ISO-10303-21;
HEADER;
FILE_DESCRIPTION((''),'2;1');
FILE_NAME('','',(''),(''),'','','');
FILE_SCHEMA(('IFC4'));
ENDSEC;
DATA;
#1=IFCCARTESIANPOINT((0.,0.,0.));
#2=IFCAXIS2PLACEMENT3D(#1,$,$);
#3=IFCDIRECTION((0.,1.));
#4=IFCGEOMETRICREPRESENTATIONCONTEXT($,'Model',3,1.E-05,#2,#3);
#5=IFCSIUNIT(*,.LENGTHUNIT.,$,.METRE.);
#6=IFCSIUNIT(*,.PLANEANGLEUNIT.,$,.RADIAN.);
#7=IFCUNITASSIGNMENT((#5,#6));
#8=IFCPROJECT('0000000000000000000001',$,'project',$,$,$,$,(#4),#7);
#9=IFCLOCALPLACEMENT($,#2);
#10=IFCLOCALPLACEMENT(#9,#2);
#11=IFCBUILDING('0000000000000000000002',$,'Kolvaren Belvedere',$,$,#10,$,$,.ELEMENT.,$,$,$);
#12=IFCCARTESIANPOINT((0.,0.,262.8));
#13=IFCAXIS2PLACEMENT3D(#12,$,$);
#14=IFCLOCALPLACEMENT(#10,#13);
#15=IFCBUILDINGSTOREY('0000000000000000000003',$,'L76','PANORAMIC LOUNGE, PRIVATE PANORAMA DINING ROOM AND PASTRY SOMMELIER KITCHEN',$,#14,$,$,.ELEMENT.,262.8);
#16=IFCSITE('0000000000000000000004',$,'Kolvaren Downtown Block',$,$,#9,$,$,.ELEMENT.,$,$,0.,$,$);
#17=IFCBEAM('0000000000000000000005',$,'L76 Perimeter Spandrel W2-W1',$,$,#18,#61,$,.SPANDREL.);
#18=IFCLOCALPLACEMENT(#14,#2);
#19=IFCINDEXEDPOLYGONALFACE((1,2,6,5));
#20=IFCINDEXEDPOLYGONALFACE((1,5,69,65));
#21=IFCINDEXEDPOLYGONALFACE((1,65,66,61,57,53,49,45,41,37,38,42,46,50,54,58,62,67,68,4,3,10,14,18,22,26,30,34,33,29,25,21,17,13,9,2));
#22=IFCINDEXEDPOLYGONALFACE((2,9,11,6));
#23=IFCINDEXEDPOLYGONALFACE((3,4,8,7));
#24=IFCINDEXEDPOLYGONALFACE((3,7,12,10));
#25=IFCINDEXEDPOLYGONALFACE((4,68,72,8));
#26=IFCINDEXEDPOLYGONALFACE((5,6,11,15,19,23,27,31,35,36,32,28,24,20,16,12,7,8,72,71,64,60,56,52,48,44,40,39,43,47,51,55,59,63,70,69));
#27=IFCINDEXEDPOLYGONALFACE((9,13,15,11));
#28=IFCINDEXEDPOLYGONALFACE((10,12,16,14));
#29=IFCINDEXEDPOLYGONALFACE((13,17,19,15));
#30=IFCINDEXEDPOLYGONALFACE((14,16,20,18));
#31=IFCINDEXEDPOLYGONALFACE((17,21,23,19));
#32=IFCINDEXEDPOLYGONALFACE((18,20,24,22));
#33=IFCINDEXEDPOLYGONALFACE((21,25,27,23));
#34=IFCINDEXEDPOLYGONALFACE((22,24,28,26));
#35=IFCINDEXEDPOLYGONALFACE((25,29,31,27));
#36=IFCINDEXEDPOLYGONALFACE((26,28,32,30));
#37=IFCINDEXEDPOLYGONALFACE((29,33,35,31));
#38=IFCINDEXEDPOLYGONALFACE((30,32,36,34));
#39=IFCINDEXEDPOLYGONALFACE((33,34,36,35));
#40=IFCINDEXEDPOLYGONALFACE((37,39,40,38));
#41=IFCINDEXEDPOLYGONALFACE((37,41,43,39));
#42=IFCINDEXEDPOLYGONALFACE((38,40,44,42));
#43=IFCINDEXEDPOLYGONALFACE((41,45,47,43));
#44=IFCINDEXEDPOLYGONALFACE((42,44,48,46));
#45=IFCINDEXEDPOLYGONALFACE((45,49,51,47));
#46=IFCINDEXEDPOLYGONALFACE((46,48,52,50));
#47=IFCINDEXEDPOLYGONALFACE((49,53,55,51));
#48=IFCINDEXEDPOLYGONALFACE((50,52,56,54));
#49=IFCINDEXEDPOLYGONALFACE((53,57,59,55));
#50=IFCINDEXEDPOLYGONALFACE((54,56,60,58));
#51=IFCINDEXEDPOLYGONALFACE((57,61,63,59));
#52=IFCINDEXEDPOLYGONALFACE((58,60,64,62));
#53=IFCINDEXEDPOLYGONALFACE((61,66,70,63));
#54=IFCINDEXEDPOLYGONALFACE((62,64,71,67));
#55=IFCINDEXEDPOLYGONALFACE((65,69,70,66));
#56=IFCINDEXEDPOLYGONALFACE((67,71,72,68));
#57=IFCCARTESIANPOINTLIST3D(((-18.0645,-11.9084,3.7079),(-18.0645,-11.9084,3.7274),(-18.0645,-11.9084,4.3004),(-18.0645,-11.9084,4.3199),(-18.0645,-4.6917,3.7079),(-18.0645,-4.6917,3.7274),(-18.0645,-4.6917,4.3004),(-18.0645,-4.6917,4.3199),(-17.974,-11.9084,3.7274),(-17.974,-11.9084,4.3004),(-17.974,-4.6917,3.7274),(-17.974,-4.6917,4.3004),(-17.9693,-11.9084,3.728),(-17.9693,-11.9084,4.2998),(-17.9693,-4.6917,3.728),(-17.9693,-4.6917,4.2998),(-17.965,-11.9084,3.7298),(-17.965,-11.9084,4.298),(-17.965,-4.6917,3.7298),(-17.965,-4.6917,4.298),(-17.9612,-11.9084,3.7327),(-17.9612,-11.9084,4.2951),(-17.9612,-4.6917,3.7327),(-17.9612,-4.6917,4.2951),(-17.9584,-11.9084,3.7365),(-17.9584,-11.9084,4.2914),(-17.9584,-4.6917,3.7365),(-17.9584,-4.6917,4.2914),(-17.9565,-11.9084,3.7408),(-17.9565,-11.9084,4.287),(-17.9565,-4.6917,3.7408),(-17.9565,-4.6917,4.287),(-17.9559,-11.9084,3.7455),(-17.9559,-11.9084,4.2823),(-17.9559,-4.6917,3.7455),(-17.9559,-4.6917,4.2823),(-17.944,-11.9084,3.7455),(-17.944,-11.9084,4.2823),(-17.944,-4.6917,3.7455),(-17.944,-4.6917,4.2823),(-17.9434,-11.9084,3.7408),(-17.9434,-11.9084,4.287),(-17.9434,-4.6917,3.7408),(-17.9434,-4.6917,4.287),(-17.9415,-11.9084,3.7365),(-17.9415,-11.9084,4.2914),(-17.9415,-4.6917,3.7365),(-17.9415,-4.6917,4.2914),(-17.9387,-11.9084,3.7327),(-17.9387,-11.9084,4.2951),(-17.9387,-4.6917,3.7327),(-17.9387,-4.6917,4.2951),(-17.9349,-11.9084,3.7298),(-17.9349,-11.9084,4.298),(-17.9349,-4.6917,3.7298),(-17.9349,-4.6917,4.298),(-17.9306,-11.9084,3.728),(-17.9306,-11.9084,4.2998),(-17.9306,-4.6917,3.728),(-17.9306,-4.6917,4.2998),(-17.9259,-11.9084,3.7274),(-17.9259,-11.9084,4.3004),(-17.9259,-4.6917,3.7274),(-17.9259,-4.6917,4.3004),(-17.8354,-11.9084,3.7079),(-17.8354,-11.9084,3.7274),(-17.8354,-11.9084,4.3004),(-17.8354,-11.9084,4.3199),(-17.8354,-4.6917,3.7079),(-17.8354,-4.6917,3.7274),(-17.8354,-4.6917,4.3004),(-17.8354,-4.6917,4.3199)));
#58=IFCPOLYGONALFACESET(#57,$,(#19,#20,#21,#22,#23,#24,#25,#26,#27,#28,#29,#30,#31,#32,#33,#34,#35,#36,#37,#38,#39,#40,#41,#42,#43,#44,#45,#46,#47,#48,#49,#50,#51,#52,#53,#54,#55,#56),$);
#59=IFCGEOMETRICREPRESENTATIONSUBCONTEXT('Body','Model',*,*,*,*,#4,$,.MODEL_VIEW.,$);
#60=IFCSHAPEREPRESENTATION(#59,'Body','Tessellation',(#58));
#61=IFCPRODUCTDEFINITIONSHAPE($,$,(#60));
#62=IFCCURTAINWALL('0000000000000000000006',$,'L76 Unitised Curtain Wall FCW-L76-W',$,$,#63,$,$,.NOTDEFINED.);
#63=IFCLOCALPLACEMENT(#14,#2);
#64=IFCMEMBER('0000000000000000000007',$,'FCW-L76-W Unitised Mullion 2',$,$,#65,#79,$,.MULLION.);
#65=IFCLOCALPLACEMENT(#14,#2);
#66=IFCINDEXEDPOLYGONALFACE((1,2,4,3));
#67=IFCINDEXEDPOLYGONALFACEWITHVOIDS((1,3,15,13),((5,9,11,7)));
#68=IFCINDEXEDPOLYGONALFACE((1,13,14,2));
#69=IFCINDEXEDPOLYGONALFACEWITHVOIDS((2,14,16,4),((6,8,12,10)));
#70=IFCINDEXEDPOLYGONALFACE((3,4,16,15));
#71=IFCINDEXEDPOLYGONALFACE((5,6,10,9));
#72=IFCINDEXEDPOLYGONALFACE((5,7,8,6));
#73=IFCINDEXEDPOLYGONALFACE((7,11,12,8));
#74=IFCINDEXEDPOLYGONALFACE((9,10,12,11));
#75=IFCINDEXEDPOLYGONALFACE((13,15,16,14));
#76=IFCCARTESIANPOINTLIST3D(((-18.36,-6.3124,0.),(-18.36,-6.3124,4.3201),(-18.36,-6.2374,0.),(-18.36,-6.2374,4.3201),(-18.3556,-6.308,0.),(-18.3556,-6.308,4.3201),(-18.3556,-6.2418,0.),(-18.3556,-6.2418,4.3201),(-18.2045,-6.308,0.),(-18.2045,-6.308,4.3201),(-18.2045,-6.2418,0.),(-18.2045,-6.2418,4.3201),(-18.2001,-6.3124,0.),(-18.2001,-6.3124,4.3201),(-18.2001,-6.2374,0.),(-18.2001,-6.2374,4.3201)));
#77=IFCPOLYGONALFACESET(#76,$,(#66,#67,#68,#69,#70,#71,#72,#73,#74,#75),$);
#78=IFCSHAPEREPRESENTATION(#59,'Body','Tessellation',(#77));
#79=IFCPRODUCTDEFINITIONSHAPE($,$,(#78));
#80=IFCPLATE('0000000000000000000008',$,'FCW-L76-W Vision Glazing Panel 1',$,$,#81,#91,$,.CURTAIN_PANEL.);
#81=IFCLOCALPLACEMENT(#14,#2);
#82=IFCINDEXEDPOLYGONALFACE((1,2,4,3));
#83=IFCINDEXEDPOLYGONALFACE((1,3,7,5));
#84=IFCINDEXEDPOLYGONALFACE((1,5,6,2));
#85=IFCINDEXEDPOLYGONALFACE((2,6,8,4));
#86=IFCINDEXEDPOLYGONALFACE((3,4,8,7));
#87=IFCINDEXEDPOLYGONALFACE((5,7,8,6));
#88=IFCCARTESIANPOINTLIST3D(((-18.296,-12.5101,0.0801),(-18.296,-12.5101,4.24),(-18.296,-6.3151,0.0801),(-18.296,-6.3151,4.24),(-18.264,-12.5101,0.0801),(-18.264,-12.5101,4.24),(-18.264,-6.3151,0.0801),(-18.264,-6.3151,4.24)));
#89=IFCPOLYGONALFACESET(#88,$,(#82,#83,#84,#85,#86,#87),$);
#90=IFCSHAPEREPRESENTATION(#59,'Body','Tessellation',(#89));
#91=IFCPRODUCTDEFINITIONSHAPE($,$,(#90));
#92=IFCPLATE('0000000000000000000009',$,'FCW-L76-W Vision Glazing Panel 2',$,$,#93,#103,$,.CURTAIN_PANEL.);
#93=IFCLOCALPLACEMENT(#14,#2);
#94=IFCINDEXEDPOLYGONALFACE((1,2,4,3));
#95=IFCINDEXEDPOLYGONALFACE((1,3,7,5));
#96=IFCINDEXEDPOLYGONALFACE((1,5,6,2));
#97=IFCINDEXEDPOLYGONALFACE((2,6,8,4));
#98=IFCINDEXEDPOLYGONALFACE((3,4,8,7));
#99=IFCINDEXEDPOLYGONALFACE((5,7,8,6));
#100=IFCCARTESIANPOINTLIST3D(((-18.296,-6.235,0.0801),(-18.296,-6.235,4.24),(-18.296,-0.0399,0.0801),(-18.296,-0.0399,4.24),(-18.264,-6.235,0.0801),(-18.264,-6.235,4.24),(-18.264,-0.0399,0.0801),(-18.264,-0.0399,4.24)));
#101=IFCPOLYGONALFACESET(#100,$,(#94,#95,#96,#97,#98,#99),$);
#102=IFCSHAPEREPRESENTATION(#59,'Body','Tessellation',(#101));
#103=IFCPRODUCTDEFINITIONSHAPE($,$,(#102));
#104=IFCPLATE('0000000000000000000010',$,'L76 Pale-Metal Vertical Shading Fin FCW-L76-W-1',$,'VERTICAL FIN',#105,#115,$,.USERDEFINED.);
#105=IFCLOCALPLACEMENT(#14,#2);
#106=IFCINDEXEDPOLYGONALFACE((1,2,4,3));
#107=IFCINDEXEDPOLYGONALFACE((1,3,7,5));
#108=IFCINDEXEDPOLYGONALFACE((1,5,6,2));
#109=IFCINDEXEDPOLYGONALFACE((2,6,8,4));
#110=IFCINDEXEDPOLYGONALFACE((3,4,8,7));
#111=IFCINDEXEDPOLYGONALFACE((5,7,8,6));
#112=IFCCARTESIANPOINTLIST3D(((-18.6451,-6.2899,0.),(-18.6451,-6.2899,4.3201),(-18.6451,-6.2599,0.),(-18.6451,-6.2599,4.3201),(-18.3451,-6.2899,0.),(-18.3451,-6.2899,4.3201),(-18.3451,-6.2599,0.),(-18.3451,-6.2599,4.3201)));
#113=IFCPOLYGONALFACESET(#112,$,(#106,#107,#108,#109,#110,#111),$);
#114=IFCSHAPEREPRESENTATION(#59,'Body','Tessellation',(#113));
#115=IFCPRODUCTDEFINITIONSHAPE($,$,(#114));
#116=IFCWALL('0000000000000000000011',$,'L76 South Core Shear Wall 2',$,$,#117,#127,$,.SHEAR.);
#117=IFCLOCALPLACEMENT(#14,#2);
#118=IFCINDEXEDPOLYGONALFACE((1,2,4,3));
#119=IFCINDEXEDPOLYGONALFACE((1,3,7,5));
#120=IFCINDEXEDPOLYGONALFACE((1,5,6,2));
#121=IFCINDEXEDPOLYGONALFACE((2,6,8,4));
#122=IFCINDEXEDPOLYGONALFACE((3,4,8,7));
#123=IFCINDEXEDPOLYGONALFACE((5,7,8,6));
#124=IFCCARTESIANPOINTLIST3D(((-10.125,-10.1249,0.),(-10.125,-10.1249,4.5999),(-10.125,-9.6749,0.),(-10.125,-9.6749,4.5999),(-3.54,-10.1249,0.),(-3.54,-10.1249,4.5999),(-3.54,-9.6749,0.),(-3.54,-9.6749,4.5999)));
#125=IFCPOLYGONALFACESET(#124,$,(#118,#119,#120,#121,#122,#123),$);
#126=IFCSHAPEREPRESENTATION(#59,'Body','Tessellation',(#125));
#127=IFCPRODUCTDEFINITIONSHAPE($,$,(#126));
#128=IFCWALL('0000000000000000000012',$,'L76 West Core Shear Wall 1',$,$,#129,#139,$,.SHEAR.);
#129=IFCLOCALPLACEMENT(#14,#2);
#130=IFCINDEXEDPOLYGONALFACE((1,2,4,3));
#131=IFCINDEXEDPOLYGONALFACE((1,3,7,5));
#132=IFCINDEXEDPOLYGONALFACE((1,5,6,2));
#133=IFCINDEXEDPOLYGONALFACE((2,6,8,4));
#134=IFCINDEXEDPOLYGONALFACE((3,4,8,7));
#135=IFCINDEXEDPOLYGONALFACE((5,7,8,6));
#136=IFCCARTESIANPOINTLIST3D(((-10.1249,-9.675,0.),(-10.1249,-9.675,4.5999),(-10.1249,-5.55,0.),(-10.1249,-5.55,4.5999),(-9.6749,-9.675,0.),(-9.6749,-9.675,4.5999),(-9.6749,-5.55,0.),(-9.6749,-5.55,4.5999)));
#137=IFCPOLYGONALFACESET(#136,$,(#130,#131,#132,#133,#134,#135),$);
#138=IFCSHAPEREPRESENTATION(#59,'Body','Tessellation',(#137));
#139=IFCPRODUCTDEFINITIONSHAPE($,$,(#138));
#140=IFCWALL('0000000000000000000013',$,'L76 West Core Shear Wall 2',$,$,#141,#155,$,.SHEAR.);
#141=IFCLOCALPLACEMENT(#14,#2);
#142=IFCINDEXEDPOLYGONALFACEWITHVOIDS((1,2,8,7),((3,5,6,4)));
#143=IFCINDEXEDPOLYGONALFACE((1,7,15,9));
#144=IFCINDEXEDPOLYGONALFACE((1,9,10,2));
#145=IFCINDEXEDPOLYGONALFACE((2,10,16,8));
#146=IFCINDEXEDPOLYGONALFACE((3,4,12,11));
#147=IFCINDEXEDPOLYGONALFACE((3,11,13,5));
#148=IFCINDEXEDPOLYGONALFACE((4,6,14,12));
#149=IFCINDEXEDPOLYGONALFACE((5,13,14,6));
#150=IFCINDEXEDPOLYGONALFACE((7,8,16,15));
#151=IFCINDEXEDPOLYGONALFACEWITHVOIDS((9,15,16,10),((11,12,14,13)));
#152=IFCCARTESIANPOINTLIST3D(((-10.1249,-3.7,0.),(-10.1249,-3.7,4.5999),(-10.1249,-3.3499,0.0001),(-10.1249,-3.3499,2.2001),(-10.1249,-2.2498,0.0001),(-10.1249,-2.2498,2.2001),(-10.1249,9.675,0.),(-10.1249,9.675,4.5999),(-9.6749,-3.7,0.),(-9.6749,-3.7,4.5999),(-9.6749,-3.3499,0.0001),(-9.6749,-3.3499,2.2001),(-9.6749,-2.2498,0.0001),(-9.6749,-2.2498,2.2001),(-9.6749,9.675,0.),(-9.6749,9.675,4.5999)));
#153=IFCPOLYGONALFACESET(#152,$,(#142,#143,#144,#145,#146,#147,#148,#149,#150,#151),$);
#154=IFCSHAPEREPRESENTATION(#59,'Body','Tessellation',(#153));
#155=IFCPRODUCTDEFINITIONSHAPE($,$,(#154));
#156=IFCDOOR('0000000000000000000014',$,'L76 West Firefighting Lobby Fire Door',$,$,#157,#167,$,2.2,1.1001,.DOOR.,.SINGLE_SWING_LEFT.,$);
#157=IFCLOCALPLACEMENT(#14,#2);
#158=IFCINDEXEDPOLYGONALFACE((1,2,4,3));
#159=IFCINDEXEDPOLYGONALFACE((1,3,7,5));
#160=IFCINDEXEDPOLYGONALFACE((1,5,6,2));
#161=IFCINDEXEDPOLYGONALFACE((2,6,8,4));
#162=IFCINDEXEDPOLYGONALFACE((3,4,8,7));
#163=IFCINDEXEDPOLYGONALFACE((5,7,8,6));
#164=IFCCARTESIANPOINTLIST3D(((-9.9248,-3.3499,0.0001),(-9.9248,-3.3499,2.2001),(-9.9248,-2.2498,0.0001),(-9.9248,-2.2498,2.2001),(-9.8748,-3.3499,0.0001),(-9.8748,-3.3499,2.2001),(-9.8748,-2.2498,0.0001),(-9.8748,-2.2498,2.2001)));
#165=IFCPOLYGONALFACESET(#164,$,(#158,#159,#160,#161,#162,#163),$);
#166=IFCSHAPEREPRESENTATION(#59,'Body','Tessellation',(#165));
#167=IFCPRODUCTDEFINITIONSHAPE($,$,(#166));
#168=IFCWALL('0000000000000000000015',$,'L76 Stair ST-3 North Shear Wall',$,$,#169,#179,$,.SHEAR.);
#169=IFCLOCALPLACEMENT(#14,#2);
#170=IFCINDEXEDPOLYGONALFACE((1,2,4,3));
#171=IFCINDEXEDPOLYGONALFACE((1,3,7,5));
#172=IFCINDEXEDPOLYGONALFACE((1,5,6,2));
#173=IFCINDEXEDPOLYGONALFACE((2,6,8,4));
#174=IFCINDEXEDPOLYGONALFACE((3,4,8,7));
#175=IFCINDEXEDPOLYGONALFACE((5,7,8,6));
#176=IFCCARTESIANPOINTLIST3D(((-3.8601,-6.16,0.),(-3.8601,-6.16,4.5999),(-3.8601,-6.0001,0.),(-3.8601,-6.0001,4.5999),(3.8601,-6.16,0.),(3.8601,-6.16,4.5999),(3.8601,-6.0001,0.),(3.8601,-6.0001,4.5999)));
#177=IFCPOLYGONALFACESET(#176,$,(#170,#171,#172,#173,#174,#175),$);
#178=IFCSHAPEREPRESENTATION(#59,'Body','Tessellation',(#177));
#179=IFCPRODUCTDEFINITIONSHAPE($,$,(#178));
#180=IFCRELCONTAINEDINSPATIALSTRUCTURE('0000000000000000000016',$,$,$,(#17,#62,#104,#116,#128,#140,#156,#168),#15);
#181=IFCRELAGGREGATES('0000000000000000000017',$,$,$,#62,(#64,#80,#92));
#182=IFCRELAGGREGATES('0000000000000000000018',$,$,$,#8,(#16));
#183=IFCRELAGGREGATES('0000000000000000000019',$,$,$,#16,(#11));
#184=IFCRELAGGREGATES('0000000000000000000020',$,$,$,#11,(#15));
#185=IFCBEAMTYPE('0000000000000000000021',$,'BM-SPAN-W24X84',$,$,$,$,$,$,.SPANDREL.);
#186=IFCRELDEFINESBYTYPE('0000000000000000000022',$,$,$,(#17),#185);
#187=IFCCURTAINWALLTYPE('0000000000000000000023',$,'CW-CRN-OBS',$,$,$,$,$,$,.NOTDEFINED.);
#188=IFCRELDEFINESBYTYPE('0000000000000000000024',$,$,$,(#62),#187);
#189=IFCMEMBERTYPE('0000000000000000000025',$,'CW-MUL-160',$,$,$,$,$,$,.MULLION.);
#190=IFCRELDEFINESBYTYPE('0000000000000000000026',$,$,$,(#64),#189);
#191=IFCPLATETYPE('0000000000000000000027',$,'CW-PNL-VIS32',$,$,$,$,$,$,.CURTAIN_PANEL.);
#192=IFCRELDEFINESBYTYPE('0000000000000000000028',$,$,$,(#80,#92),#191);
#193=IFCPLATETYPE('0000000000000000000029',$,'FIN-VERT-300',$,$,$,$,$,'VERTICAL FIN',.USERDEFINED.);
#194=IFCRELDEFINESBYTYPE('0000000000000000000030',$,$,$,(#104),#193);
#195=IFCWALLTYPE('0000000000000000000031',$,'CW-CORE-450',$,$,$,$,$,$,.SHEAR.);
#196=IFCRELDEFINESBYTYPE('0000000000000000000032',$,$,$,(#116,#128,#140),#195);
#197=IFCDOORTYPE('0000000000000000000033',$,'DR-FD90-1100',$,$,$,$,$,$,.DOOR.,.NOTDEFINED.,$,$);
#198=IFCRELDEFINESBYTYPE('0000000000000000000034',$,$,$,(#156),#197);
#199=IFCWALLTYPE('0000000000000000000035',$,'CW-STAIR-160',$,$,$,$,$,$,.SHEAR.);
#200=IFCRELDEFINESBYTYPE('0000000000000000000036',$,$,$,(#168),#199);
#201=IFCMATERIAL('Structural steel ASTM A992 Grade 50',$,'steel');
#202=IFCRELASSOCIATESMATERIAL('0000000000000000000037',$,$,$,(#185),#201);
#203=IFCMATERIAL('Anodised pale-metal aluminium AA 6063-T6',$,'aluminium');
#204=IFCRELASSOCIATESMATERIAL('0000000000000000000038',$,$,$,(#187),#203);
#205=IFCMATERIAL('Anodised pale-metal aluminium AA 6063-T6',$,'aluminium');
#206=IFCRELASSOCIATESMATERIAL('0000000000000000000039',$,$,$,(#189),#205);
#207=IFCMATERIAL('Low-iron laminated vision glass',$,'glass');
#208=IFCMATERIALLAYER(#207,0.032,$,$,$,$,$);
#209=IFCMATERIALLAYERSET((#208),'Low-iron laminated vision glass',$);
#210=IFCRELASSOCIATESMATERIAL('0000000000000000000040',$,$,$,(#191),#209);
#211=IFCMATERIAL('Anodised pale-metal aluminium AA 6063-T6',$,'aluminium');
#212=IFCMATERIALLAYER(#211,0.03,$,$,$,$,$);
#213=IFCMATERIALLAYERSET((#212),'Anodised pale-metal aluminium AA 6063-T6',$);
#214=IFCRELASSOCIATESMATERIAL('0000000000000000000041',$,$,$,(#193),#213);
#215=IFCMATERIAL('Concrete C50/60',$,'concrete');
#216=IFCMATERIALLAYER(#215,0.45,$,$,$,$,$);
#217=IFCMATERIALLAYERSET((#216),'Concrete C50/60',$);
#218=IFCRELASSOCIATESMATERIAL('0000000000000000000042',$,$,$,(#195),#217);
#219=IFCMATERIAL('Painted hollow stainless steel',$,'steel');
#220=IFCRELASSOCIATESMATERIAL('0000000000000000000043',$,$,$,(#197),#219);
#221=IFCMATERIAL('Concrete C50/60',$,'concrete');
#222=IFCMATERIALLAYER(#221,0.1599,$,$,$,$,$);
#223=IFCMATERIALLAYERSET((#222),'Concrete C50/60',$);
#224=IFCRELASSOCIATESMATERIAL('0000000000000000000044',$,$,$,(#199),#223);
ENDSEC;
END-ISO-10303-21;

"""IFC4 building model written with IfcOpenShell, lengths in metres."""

from ifc_helpers import new_model, si_unit, direction, frame, frame_2d, origin, origin_2d, place, context, subcontext, project, spatial, rectangle, hollow_rectangle, i_section, extrude, material, layer, layer_set, material_profile, profile_set, type_object, element, fill, aggregate, save


model = new_model("IFC4")

# Units and contexts
model_context = context("Model", 3, precision=1e-05, world=origin(), true_north=direction((0.0, 1.0)))
body_context = subcontext(model_context, "Body", "Model", "MODEL_VIEW")
ifc_project = project(units=[si_unit("LENGTHUNIT", "METRE"), si_unit("PLANEANGLEUNIT", "RADIAN")], contexts=[model_context])

# Site, building, storey
site_placement = place(None, origin())
site = spatial("IfcSite", under=ifc_project, at=site_placement, Name="Kolvaren Downtown Block", CompositionType="ELEMENT", RefElevation=0.0)
building_placement = place(site_placement, origin())
building = spatial("IfcBuilding", under=site, at=building_placement, Name="Kolvaren Belvedere", CompositionType="ELEMENT")
storey_placement = place(building_placement, frame((0.0, 0.0, 262.8)))
storey = spatial("IfcBuildingStorey", under=building, at=storey_placement, Name="L76", Description="PANORAMIC LOUNGE, PRIVATE PANORAMA DINING ROOM AND PASTRY SOMMELIER KITCHEN", CompositionType="ELEMENT", Elevation=262.8)

# Beam
ifc_material_1 = material(Name="Structural steel ASTM A992 Grade 50", Category="steel")
ifc_material_profile_1 = material_profile(ifc_material_1, i_section(OverallWidth=0.229, OverallDepth=0.6121, WebThickness=0.012, FlangeThickness=0.0195, FilletRadius=0.0181, at=origin_2d()), Name="W24X84")
ifc_profile_set_1 = profile_set([ifc_material_profile_1], Name="Structural steel ASTM A992 Grade 50")
beam_type_1 = type_object("IfcBeamType", Name="BM-SPAN-W24X84", PredefinedType="SPANDREL", material=ifc_profile_set_1)
beam_1_placement = place(storey_placement, frame((-17.95, -4.6917, 4.0139), z_axis=(0.0, -1.0, 0.0), x_axis=(1.0, 0.0, 0.0)))
element("IfcBeam", 1, at=beam_1_placement, inside=storey, type_object=beam_type_1, Name="L76 Perimeter Spandrel W2-W1", PredefinedType="SPANDREL", context=body_context, shape_type="SweptSolid", body=[
    extrude(i_section(OverallWidth=0.229, OverallDepth=0.6121, WebThickness=0.012, FlangeThickness=0.0195, FilletRadius=0.0181, at=origin_2d()), origin(), (0.0, 0.0, 1.0), 7.2168),
])

# Curtain wall, member, plates
ifc_material_2 = material(Name="Anodised pale-metal aluminium AA 6063-T6", Category="aluminium")
curtain_wall_type = type_object("IfcCurtainWallType", Name="CW-CRN-OBS", PredefinedType="NOTDEFINED", material=ifc_material_2)
curtain_wall_placement = place(storey_placement, origin())
curtain_wall = element("IfcCurtainWall", 2, at=curtain_wall_placement, inside=storey, type_object=curtain_wall_type, Name="L76 Unitised Curtain Wall FCW-L76-W", PredefinedType="NOTDEFINED")
ifc_material_3 = material(Name="Anodised pale-metal aluminium AA 6063-T6", Category="aluminium")
ifc_material_profile_2 = material_profile(ifc_material_3, hollow_rectangle(XDim=0.075, YDim=0.1599, WallThickness=0.0044, at=origin_2d()), Name="ALU-MUL-160X75")
ifc_profile_set_2 = profile_set([ifc_material_profile_2], Name="Anodised pale-metal aluminium AA 6063-T6")
member_type = type_object("IfcMemberType", Name="CW-MUL-160", PredefinedType="MULLION", material=ifc_profile_set_2)
member_placement = place(storey_placement, frame((-18.28, -6.2749, 0.0), z_axis=(0.0, 0.0, 1.0), x_axis=(0.0, 1.0, 0.0)))
member = element("IfcMember", 3, at=member_placement, type_object=member_type, Name="FCW-L76-W Unitised Mullion 2", PredefinedType="MULLION", context=body_context, shape_type="SweptSolid", body=[
    extrude(hollow_rectangle(XDim=0.075, YDim=0.1599, WallThickness=0.0044, at=origin_2d()), origin(), (0.0, 0.0, 1.0), 4.3201),
])
ifc_material_4 = material(Name="Low-iron laminated vision glass", Category="glass")
ifc_layer_1 = layer(ifc_material_4, 0.032)
ifc_layer_set_1 = layer_set([ifc_layer_1], Name="Low-iron laminated vision glass")
plate_type_1 = type_object("IfcPlateType", Name="CW-PNL-VIS32", PredefinedType="CURTAIN_PANEL", material=ifc_layer_set_1)
plate_1_placement = place(storey_placement, frame((-18.28, -9.4126, 0.0801), z_axis=(0.0, 0.0, 1.0), x_axis=(0.0, 1.0, 0.0)))
plate_1 = element("IfcPlate", 4, at=plate_1_placement, type_object=plate_type_1, Name="FCW-L76-W Vision Glazing Panel 1", PredefinedType="CURTAIN_PANEL", context=body_context, shape_type="SweptSolid", body=[
    extrude(rectangle(XDim=6.1951, YDim=0.032, at=origin_2d()), origin(), (0.0, 0.0, 1.0), 4.1599),
])
plate_2_placement = place(storey_placement, frame((-18.28, -3.1375, 0.0801), z_axis=(0.0, 0.0, 1.0), x_axis=(0.0, 1.0, 0.0)))
plate_2 = element("IfcPlate", 5, at=plate_2_placement, type_object=plate_type_1, Name="FCW-L76-W Vision Glazing Panel 2", PredefinedType="CURTAIN_PANEL", context=body_context, shape_type="SweptSolid", body=[
    extrude(rectangle(XDim=6.1951, YDim=0.032, at=origin_2d()), origin(), (0.0, 0.0, 1.0), 4.1599),
])
aggregate(curtain_wall, [member, plate_1, plate_2])

# Plate
ifc_material_5 = material(Name="Anodised pale-metal aluminium AA 6063-T6", Category="aluminium")
ifc_layer_2 = layer(ifc_material_5, 0.03)
ifc_layer_set_2 = layer_set([ifc_layer_2], Name="Anodised pale-metal aluminium AA 6063-T6")
plate_type_2 = type_object("IfcPlateType", Name="FIN-VERT-300", ElementType="VERTICAL FIN", PredefinedType="USERDEFINED", material=ifc_layer_set_2)
plate_3_placement = place(storey_placement, frame((-18.4951, -6.2749, 0.0), z_axis=(0.0, 0.0, 1.0), x_axis=(1.0, 0.0, 0.0)))
element("IfcPlate", 6, at=plate_3_placement, inside=storey, type_object=plate_type_2, Name="L76 Pale-Metal Vertical Shading Fin FCW-L76-W-1", ObjectType="VERTICAL FIN", PredefinedType="USERDEFINED", context=body_context, shape_type="SweptSolid", body=[
    extrude(rectangle(XDim=0.3, YDim=0.03, at=origin_2d()), origin(), (0.0, 0.0, 1.0), 4.3201),
])

# Walls
ifc_material_6 = material(Name="Concrete C50/60", Category="concrete")
ifc_layer_3 = layer(ifc_material_6, 0.45)
ifc_layer_set_3 = layer_set([ifc_layer_3], Name="Concrete C50/60")
wall_type_1 = type_object("IfcWallType", Name="CW-CORE-450", PredefinedType="SHEAR", material=ifc_layer_set_3)
wall_1_placement = place(storey_placement, frame((-3.54, -9.8999, 0.0), z_axis=(0.0, 0.0, 1.0), x_axis=(-1.0, 0.0, 0.0)))
element("IfcWall", 7, at=wall_1_placement, inside=storey, type_object=wall_type_1, Name="L76 South Core Shear Wall 2", PredefinedType="SHEAR", context=body_context, shape_type="SweptSolid", body=[
    extrude(rectangle(XDim=6.585, YDim=0.45, at=frame_2d((3.2925, 0.0))), origin(), (0.0, 0.0, 1.0), 4.5999),
])
wall_2_placement = place(storey_placement, frame((-9.8999, -9.675, 0.0), z_axis=(0.0, 0.0, 1.0), x_axis=(0.0, 1.0, 0.0)))
element("IfcWall", 8, at=wall_2_placement, inside=storey, type_object=wall_type_1, Name="L76 West Core Shear Wall 1", PredefinedType="SHEAR", context=body_context, shape_type="SweptSolid", body=[
    extrude(rectangle(XDim=4.125, YDim=0.45, at=frame_2d((2.0625, 0.0))), origin(), (0.0, 0.0, 1.0), 4.5999),
])

# Wall, opening, door
wall_3_placement = place(storey_placement, frame((-9.8999, -3.7, 0.0), z_axis=(0.0, 0.0, 1.0), x_axis=(0.0, 1.0, 0.0)))
wall_3 = element("IfcWall", 9, at=wall_3_placement, inside=storey, type_object=wall_type_1, Name="L76 West Core Shear Wall 2", PredefinedType="SHEAR", context=body_context, shape_type="SweptSolid", body=[
    extrude(rectangle(XDim=13.375, YDim=0.45, at=frame_2d((6.6875, 0.0))), origin(), (0.0, 0.0, 1.0), 4.5999),
])
opening_1_placement = place(wall_3_placement, frame((0.3501, 0.0, 0.0)))
opening_1 = element("IfcOpeningElement", 10, at=opening_1_placement, cuts=wall_3, PredefinedType="OPENING", context=body_context, shape_type="SweptSolid", body=[
    extrude(rectangle(XDim=1.1001, YDim=2.2, at=frame_2d((0.55, 1.1001))), frame((0.0, 0.2349, 0.0), z_axis=(0.0, -1.0, 0.0), x_axis=(1.0, 0.0, 0.0)), (0.0, 0.0, 1.0), 0.47),
])
ifc_material_7 = material(Name="Painted hollow stainless steel", Category="steel")
door_type_1 = type_object("IfcDoorType", Name="DR-FD90-1100", OperationType="NOTDEFINED", PredefinedType="DOOR", material=ifc_material_7)
door_1_placement = place(opening_1_placement, origin())
door_1 = element("IfcDoor", 11, at=door_1_placement, inside=storey, type_object=door_type_1, Name="L76 West Firefighting Lobby Fire Door", OperationType="SINGLE_SWING_LEFT", OverallHeight=2.2, OverallWidth=1.1001, PredefinedType="DOOR", context=body_context, shape_type="SweptSolid", body=[
    extrude(rectangle(XDim=1.1001, YDim=2.2, at=frame_2d((0.55, 1.1001))), frame((0.0, 0.0249, 0.0), z_axis=(0.0, -1.0, 0.0), x_axis=(1.0, 0.0, 0.0)), (0.0, 0.0, 1.0), 0.05),
])
fill(opening_1, door_1)

# Wall
ifc_material_8 = material(Name="Concrete C50/60", Category="concrete")
ifc_layer_4 = layer(ifc_material_8, 0.1599)
ifc_layer_set_4 = layer_set([ifc_layer_4], Name="Concrete C50/60")
wall_type_2 = type_object("IfcWallType", Name="CW-STAIR-160", PredefinedType="SHEAR", material=ifc_layer_set_4)
wall_4_placement = place(storey_placement, frame((-3.8601, -6.0801, 0.0), z_axis=(0.0, 0.0, 1.0), x_axis=(1.0, 0.0, 0.0)))
element("IfcWall", 12, at=wall_4_placement, inside=storey, type_object=wall_type_2, Name="L76 Stair ST-3 North Shear Wall", PredefinedType="SHEAR", context=body_context, shape_type="SweptSolid", body=[
    extrude(rectangle(XDim=7.7202, YDim=0.1599, at=frame_2d((3.8601, 0.0))), origin(), (0.0, 0.0, 1.0), 4.5999),
])

save(model, "model.ifc")
